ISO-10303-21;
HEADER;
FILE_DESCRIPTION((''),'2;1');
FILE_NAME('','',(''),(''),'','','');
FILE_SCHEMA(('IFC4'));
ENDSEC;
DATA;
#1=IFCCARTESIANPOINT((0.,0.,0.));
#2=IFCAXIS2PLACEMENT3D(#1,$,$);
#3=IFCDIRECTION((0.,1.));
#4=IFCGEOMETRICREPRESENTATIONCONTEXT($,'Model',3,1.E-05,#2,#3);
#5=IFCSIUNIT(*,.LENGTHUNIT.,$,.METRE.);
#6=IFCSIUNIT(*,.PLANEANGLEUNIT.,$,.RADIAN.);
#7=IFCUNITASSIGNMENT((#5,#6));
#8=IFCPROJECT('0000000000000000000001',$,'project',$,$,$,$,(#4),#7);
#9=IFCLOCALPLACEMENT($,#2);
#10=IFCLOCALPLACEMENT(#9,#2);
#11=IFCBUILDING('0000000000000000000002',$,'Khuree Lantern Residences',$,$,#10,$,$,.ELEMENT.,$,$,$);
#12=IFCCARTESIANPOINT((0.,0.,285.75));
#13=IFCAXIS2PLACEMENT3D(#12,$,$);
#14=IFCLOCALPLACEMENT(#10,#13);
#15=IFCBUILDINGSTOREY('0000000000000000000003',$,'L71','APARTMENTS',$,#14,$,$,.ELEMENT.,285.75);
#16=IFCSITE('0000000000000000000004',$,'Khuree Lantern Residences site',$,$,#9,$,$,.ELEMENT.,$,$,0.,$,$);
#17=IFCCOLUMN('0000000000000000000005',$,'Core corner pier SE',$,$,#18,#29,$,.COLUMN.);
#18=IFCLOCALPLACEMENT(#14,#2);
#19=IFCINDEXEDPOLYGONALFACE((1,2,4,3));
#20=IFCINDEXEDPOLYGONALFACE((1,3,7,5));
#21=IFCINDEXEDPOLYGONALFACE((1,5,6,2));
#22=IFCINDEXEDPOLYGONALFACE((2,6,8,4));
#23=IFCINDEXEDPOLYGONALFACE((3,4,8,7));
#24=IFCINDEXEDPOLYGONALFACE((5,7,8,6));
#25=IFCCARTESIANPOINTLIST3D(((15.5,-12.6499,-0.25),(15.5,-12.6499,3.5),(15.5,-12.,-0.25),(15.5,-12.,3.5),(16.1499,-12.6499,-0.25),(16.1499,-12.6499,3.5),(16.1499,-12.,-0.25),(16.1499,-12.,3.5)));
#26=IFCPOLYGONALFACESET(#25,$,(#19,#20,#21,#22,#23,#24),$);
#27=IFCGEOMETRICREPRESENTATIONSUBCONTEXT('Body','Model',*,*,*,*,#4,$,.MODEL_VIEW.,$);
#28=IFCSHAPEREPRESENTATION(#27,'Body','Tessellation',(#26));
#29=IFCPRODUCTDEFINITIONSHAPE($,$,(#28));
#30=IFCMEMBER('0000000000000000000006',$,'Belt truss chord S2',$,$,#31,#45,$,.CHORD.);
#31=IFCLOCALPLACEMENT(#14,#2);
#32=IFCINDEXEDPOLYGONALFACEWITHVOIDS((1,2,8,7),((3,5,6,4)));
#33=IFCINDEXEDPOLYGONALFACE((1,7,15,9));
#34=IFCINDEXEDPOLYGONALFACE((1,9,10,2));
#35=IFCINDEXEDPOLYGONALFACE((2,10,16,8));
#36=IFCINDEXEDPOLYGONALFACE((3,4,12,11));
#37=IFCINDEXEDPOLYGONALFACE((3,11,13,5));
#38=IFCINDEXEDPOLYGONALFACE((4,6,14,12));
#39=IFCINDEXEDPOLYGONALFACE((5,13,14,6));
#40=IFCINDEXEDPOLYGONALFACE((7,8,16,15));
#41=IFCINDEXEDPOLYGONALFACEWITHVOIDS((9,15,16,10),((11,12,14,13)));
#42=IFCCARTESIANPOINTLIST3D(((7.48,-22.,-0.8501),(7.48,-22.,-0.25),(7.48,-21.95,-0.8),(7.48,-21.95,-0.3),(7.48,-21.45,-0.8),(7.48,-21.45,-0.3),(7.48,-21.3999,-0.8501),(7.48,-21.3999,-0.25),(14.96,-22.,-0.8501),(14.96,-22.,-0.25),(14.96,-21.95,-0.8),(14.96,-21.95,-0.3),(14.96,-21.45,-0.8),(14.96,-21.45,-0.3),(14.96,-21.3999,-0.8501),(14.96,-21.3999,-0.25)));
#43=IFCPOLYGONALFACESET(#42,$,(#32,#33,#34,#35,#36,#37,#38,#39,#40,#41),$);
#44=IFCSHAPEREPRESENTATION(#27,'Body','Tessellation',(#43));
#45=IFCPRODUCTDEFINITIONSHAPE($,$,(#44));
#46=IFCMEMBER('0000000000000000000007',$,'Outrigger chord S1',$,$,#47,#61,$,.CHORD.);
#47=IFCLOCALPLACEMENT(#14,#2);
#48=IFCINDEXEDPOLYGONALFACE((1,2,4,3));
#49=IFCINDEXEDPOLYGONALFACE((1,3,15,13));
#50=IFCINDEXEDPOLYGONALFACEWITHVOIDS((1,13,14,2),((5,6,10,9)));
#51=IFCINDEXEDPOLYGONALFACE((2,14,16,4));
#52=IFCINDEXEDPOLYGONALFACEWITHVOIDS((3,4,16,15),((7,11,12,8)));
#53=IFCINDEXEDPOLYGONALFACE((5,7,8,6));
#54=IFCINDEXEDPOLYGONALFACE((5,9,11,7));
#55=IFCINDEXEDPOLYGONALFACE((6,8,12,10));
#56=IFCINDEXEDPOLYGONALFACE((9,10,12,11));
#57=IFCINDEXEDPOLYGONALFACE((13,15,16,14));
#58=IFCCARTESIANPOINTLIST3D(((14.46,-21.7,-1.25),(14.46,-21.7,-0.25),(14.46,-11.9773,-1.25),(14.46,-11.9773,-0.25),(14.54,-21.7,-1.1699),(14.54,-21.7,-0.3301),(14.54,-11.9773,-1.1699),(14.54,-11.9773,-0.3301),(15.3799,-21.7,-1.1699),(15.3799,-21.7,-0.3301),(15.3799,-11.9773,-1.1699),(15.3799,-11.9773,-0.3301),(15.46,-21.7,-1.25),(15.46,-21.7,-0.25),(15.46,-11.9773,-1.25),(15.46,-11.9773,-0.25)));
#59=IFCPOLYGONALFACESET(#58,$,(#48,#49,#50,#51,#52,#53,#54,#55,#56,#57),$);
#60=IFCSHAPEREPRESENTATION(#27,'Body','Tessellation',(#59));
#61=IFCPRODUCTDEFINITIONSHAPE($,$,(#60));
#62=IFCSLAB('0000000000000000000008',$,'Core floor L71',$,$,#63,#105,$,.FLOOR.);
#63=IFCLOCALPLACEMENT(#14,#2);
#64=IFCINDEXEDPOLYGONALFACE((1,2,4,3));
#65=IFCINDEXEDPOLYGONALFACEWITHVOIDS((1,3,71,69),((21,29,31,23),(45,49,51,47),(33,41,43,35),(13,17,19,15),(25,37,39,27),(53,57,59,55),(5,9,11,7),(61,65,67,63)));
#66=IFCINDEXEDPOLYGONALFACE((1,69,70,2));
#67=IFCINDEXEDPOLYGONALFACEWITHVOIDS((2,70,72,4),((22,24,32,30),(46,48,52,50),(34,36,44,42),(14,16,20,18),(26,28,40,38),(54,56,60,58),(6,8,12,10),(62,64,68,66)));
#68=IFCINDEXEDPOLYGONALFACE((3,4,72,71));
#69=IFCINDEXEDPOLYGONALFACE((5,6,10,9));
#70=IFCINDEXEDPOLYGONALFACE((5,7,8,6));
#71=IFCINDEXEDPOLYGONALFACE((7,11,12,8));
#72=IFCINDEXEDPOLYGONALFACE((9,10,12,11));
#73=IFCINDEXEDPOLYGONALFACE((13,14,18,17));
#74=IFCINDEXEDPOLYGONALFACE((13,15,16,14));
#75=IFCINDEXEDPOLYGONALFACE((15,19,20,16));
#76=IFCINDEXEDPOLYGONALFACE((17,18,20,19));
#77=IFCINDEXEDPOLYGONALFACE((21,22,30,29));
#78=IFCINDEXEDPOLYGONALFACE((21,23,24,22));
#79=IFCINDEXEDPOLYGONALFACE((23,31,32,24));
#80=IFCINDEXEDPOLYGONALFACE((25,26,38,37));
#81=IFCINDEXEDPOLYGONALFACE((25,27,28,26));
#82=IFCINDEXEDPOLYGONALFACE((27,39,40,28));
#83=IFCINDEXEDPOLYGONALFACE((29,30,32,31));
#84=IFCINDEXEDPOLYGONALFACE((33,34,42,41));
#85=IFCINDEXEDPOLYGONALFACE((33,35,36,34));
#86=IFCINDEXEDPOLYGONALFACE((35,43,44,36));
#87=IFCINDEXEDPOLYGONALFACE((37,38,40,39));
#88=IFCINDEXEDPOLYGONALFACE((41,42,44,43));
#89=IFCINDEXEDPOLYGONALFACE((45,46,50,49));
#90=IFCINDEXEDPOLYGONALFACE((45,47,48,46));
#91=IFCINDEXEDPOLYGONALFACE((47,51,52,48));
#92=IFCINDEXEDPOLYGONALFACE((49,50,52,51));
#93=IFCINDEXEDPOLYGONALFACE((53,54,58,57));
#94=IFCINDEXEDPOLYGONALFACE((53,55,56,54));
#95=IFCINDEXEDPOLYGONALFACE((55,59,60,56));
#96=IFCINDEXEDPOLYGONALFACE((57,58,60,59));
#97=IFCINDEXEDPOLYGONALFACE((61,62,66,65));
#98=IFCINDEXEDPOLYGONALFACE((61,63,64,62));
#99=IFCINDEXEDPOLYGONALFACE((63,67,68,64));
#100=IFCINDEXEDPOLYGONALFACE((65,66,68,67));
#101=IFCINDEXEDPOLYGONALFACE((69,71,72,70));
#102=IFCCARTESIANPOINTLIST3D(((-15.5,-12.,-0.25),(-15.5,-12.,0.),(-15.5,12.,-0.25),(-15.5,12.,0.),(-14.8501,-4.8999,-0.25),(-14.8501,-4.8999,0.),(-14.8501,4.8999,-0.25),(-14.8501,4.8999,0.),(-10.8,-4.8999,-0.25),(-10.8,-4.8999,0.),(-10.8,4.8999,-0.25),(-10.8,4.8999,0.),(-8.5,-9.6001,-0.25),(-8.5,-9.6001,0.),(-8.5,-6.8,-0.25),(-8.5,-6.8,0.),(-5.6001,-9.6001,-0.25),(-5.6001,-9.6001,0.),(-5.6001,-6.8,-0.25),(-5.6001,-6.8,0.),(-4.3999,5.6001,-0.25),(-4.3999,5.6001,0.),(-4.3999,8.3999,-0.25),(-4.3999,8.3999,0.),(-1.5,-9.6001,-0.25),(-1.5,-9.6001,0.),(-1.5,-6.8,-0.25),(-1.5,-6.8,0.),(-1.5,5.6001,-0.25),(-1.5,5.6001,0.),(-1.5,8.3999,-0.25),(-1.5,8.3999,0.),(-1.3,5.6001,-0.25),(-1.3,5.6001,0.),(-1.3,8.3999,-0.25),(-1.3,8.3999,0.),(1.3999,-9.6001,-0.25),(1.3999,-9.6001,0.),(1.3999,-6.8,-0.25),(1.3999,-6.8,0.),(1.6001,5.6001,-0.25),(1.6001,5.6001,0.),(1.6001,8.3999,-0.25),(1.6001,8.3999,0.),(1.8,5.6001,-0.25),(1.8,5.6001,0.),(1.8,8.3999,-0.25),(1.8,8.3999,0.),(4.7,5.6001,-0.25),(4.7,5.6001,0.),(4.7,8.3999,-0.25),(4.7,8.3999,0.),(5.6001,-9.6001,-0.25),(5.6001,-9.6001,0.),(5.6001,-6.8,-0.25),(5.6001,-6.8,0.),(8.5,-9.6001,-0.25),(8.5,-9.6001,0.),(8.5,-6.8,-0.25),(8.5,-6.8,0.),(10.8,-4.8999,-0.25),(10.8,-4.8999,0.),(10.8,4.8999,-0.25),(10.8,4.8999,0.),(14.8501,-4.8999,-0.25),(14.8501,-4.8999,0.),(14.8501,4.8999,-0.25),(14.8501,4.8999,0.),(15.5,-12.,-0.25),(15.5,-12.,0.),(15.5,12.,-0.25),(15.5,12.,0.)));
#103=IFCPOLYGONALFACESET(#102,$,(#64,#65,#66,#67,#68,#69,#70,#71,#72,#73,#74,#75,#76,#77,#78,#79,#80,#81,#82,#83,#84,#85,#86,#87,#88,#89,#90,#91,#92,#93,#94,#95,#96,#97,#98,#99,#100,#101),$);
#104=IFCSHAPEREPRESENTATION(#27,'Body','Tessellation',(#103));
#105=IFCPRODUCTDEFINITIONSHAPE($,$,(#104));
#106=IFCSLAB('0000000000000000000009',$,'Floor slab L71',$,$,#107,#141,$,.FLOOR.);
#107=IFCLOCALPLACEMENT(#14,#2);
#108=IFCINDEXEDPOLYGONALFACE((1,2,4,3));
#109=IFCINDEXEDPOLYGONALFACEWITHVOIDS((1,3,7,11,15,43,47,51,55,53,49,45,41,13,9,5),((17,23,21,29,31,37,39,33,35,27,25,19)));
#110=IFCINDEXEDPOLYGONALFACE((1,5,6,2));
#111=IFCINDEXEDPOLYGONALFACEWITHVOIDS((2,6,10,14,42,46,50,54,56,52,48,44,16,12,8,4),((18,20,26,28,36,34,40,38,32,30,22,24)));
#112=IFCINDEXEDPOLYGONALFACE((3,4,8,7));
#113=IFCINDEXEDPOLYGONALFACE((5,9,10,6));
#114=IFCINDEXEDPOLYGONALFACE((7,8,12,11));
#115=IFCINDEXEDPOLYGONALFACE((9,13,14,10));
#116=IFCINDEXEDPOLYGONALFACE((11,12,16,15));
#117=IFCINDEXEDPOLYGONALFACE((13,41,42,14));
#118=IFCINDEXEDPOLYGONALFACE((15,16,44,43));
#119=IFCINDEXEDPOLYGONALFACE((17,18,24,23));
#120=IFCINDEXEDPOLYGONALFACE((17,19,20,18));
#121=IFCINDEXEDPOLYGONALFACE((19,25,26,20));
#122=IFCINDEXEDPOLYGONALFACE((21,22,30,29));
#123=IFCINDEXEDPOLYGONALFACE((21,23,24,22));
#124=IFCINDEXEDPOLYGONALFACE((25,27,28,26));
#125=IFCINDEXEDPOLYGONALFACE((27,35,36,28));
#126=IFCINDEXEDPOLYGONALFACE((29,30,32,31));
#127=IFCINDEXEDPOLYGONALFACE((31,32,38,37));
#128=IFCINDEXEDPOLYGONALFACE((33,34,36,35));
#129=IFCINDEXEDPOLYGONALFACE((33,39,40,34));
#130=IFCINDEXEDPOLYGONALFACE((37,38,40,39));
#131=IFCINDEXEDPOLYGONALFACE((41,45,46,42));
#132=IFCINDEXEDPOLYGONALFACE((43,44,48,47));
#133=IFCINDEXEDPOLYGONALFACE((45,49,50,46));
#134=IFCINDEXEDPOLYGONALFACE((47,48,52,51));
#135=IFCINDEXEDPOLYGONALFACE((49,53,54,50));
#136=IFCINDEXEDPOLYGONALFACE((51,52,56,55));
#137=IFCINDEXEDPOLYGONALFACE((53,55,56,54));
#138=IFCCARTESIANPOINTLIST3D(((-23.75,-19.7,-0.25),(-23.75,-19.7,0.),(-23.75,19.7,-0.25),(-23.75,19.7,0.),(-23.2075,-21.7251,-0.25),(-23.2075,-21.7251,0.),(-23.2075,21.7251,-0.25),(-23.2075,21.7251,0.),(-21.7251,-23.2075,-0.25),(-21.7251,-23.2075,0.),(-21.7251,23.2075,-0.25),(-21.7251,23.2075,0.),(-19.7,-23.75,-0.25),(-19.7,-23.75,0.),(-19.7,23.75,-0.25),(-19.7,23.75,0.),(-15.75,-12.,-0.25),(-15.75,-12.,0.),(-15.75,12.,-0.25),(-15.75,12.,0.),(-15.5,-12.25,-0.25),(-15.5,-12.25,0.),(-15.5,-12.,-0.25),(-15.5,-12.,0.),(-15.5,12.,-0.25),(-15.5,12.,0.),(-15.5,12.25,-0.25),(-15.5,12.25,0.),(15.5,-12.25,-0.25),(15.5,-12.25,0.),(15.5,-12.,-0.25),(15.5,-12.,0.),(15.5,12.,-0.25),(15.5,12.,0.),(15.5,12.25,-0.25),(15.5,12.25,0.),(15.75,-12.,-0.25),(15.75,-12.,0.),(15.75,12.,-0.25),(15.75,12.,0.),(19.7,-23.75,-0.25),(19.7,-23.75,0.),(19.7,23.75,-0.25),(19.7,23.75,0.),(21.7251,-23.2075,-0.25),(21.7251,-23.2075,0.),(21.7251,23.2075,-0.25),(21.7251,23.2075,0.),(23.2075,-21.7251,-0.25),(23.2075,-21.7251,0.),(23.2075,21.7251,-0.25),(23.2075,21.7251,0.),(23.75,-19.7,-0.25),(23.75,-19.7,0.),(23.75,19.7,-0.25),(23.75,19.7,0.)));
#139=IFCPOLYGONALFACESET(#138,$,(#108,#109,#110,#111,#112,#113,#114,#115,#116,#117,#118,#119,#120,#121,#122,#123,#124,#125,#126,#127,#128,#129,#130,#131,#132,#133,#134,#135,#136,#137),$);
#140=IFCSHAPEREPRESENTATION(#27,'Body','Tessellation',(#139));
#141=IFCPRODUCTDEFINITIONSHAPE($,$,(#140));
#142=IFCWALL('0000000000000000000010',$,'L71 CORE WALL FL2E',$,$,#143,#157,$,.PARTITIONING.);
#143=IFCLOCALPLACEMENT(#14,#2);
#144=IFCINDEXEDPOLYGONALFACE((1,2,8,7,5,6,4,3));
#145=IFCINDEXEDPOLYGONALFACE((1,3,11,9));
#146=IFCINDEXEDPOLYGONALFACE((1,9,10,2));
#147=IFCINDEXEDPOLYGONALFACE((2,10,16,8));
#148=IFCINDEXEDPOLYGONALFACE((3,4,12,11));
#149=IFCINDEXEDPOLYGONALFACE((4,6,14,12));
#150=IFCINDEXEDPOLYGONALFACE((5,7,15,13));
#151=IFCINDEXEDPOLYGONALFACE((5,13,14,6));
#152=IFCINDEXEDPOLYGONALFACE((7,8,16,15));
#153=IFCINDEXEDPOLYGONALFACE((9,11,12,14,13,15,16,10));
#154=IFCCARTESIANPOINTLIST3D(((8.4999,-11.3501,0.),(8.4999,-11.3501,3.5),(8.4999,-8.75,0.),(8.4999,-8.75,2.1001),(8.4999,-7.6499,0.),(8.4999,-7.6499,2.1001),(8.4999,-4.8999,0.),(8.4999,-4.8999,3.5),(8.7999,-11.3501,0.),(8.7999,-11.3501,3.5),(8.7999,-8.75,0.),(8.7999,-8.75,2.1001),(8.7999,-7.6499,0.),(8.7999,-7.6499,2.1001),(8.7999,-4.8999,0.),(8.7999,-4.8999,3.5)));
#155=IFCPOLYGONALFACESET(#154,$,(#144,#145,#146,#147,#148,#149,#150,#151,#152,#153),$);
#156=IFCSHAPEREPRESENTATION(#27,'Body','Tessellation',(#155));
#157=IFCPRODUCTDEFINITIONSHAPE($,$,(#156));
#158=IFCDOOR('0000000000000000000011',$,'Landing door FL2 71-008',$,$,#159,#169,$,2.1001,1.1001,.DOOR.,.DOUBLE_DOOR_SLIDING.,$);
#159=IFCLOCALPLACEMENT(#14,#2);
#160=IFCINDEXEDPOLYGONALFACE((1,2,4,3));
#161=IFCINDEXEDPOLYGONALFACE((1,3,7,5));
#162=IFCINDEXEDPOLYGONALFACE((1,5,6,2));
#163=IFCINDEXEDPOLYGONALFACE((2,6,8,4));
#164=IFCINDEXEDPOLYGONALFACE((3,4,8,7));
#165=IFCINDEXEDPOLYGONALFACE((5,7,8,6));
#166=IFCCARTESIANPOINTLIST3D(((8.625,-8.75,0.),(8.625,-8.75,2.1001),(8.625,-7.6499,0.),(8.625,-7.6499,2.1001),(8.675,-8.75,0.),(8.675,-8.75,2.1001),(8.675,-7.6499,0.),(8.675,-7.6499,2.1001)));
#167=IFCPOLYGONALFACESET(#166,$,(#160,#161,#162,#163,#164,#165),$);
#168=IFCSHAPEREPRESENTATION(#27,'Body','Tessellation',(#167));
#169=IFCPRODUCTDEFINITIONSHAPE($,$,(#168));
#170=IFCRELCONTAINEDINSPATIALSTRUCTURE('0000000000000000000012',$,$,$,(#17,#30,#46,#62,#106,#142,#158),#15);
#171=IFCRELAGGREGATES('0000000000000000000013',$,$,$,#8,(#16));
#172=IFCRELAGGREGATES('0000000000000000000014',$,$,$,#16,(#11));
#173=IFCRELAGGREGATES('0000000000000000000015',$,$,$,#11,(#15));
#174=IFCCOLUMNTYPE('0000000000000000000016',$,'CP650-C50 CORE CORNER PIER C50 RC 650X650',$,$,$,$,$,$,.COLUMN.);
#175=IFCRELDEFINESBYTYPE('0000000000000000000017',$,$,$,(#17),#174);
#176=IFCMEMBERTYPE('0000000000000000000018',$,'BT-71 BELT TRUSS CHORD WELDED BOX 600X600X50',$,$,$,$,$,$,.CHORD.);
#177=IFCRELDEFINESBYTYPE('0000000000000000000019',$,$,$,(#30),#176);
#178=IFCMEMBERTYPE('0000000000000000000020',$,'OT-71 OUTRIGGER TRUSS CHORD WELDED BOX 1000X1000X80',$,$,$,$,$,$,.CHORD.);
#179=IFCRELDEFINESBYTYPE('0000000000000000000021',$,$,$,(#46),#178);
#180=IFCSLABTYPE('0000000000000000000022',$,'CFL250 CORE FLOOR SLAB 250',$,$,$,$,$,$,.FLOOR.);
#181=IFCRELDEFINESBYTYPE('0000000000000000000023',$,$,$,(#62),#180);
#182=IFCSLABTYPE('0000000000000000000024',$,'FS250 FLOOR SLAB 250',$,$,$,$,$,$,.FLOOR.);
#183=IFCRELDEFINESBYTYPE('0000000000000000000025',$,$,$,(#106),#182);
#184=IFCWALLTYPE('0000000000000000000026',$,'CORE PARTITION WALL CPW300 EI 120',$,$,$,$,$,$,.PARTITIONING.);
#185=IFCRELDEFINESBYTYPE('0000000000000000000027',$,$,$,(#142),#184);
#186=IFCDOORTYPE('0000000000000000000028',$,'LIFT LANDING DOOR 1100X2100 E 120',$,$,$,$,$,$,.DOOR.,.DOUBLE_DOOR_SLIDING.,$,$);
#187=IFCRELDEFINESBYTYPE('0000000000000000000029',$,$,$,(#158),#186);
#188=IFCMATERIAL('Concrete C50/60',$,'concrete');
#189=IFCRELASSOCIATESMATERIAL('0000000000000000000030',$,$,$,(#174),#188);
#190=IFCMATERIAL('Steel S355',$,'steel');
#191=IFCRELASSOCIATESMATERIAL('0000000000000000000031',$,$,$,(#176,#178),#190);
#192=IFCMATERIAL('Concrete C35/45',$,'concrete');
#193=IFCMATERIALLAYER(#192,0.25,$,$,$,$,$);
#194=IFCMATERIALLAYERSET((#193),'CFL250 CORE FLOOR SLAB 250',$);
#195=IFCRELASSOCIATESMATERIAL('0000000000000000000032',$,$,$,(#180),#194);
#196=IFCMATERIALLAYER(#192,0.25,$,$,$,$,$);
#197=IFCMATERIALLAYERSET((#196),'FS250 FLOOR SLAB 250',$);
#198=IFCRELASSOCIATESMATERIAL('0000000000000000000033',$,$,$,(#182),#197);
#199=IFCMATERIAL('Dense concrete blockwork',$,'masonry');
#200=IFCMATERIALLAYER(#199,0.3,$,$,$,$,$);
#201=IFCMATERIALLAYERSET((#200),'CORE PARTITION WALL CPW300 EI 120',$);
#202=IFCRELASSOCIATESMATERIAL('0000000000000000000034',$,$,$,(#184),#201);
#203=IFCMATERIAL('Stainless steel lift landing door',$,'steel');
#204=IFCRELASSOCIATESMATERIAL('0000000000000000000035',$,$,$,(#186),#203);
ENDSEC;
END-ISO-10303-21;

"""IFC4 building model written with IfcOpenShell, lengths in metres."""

from ifc_helpers import new_model, si_unit, direction, frame, frame_2d, origin, origin_2d, place, context, subcontext, project, spatial, polyline, rectangle, hollow_rectangle, outline, extrude, material, layer, layer_set, material_profile, profile_set, type_object, element, fill, save


model = new_model("IFC4")

# Units and contexts
model_context = context("Model", 3, precision=1e-05, world=origin(), true_north=direction((0.0, 1.0)))
body_context = subcontext(model_context, "Body", "Model", "MODEL_VIEW")
ifc_project = project(units=[si_unit("LENGTHUNIT", "METRE"), si_unit("PLANEANGLEUNIT", "RADIAN")], contexts=[model_context])

# Site, building, storey
site_placement = place(None, origin())
site = spatial("IfcSite", under=ifc_project, at=site_placement, Name="Khuree Lantern Residences site", CompositionType="ELEMENT", RefElevation=0.0)
building_placement = place(site_placement, origin())
building = spatial("IfcBuilding", under=site, at=building_placement, Name="Khuree Lantern Residences", CompositionType="ELEMENT")
storey_placement = place(building_placement, frame((0.0, 0.0, 285.75)))
storey = spatial("IfcBuildingStorey", under=building, at=storey_placement, Name="L71", Description="APARTMENTS", CompositionType="ELEMENT", Elevation=285.75)

# Column
ifc_material_1 = material(Name="Concrete C50/60", Category="concrete")
ifc_material_profile_1 = material_profile(ifc_material_1, rectangle(XDim=0.6499, YDim=0.6499, at=origin_2d()), Name="RC 650X650")
ifc_profile_set_1 = profile_set([ifc_material_profile_1], Name="Concrete C50/60")
column_type = type_object("IfcColumnType", Name="CP650-C50 CORE CORNER PIER C50 RC 650X650", PredefinedType="COLUMN", material=ifc_profile_set_1)
column_placement = place(storey_placement, frame((15.825, -12.325, -0.25), z_axis=(0.0, 0.0, 1.0), x_axis=(1.0, 0.0, 0.0)))
element("IfcColumn", 1, at=column_placement, inside=storey, type_object=column_type, Name="Core corner pier SE", PredefinedType="COLUMN", context=body_context, shape_type="SweptSolid", body=[
    extrude(rectangle(XDim=0.6499, YDim=0.6499, at=origin_2d()), origin(), (0.0, 0.0, 1.0), 3.75),
])

# Members
ifc_material_2 = material(Name="Steel S355", Category="steel")
ifc_material_profile_2 = material_profile(ifc_material_2, hollow_rectangle(XDim=0.6001, YDim=0.6001, WallThickness=0.05, at=origin_2d()), Name="WELDED BOX 600X600X50")
ifc_profile_set_2 = profile_set([ifc_material_profile_2], Name="Steel S355")
member_type_1 = type_object("IfcMemberType", Name="BT-71 BELT TRUSS CHORD WELDED BOX 600X600X50", PredefinedType="CHORD", material=ifc_profile_set_2)
member_1_placement = place(storey_placement, frame((14.96, -21.7, -0.55), z_axis=(-1.0, 0.0, 0.0), x_axis=(0.0, -1.0, 0.0)))
element("IfcMember", 2, at=member_1_placement, inside=storey, type_object=member_type_1, Name="Belt truss chord S2", PredefinedType="CHORD", context=body_context, shape_type="SweptSolid", body=[
    extrude(hollow_rectangle(XDim=0.6001, YDim=0.6001, WallThickness=0.05, at=origin_2d()), origin(), (0.0, 0.0, 1.0), 7.48),
])
ifc_material_profile_3 = material_profile(ifc_material_2, hollow_rectangle(XDim=1.0, YDim=1.0, WallThickness=0.0801, at=origin_2d()), Name="WELDED BOX 1000X1000X80")
ifc_profile_set_3 = profile_set([ifc_material_profile_3], Name="Steel S355")
member_type_2 = type_object("IfcMemberType", Name="OT-71 OUTRIGGER TRUSS CHORD WELDED BOX 1000X1000X80", PredefinedType="CHORD", material=ifc_profile_set_3)
member_2_placement = place(storey_placement, frame((14.96, -21.7, -0.75), z_axis=(0.0, 1.0, 0.0), x_axis=(-1.0, 0.0, 0.0)))
element("IfcMember", 3, at=member_2_placement, inside=storey, type_object=member_type_2, Name="Outrigger chord S1", PredefinedType="CHORD", context=body_context, shape_type="SweptSolid", body=[
    extrude(hollow_rectangle(XDim=1.0, YDim=1.0, WallThickness=0.0801, at=origin_2d()), origin(), (0.0, 0.0, 1.0), 9.7227),
])

# Slabs
ifc_material_3 = material(Name="Concrete C35/45", Category="concrete")
ifc_layer_1 = layer(ifc_material_3, 0.25)
ifc_layer_set_1 = layer_set([ifc_layer_1], Name="CFL250 CORE FLOOR SLAB 250")
slab_type_1 = type_object("IfcSlabType", Name="CFL250 CORE FLOOR SLAB 250", PredefinedType="FLOOR", material=ifc_layer_set_1)
slab_1_placement = place(storey_placement, frame((0.0, 0.0, -0.25)))
element("IfcSlab", 4, at=slab_1_placement, inside=storey, type_object=slab_type_1, Name="Core floor L71", PredefinedType="FLOOR", context=body_context, shape_type="SweptSolid", body=[
    extrude(outline(polyline([(-15.5, -12.0), (-15.5, 12.0), (15.5, 12.0), (15.5, -12.0), (-15.5, -12.0)]), holes=[polyline([(10.8, 4.8999), (10.8, -4.8999), (14.8501, -4.8999), (14.8501, 4.8999), (10.8, 4.8999)]), polyline([(5.6001, -6.8), (5.6001, -9.6001), (8.5, -9.6001), (8.5, -6.8), (5.6001, -6.8)]), polyline([(1.8, 8.3999), (1.8, 5.6001), (4.7, 5.6001), (4.7, 8.3999), (1.8, 8.3999)]), polyline([(-1.3, 8.3999), (-1.3, 5.6001), (1.6001, 5.6001), (1.6001, 8.3999), (-1.3, 8.3999)]), polyline([(-1.5, -6.8), (-1.5, -9.6001), (1.3999, -9.6001), (1.3999, -6.8), (-1.5, -6.8)]), polyline([(-4.3999, 8.3999), (-4.3999, 5.6001), (-1.5, 5.6001), (-1.5, 8.3999), (-4.3999, 8.3999)]), polyline([(-8.5, -6.8), (-8.5, -9.6001), (-5.6001, -9.6001), (-5.6001, -6.8), (-8.5, -6.8)]), polyline([(-14.8501, 4.8999), (-14.8501, -4.8999), (-10.8, -4.8999), (-10.8, 4.8999), (-14.8501, 4.8999)])]), origin(), (0.0, 0.0, 1.0), 0.25),
])
ifc_layer_2 = layer(ifc_material_3, 0.25)
ifc_layer_set_2 = layer_set([ifc_layer_2], Name="FS250 FLOOR SLAB 250")
slab_type_2 = type_object("IfcSlabType", Name="FS250 FLOOR SLAB 250", PredefinedType="FLOOR", material=ifc_layer_set_2)
slab_2_placement = place(storey_placement, frame((0.0, 0.0, -0.25)))
element("IfcSlab", 5, at=slab_2_placement, inside=storey, type_object=slab_type_2, Name="Floor slab L71", PredefinedType="FLOOR", context=body_context, shape_type="SweptSolid", body=[
    extrude(outline(polyline([(-21.7251, -23.2075), (-23.2075, -21.7251), (-23.75, -19.7), (-23.75, 19.7), (-23.2075, 21.7251), (-21.7251, 23.2075), (-19.7, 23.75), (19.7, 23.75), (21.7251, 23.2075), (23.2075, 21.7251), (23.75, 19.7), (23.75, -19.7), (23.2075, -21.7251), (21.7251, -23.2075), (19.7, -23.75), (-19.7, -23.75), (-21.7251, -23.2075)]), holes=[polyline([(15.75, 12.0), (15.5, 12.0), (15.5, 12.25), (-15.5, 12.25), (-15.5, 12.0), (-15.75, 12.0), (-15.75, -12.0), (-15.5, -12.0), (-15.5, -12.25), (15.5, -12.25), (15.5, -12.0), (15.75, -12.0), (15.75, 12.0)])]), origin(), (0.0, 0.0, 1.0), 0.25),
])

# Wall, opening, door
ifc_material_4 = material(Name="Dense concrete blockwork", Category="masonry")
ifc_layer_3 = layer(ifc_material_4, 0.3)
ifc_layer_set_3 = layer_set([ifc_layer_3], Name="CORE PARTITION WALL CPW300 EI 120")
wall_type_1 = type_object("IfcWallType", Name="CORE PARTITION WALL CPW300 EI 120", PredefinedType="PARTITIONING", material=ifc_layer_set_3)
wall_1_placement = place(storey_placement, frame((8.6499, -11.3501, 0.0), z_axis=(0.0, 0.0, 1.0), x_axis=(0.0, 1.0, 0.0)))
wall_1 = element("IfcWall", 6, at=wall_1_placement, inside=storey, type_object=wall_type_1, Name="L71 CORE WALL FL2E", PredefinedType="PARTITIONING", context=body_context, shape_type="SweptSolid", body=[
    extrude(rectangle(XDim=6.4502, YDim=0.3, at=frame_2d((3.2251, 0.0))), origin(), (0.0, 0.0, 1.0), 3.5),
])
opening_1_placement = place(wall_1_placement, frame((2.6001, 0.0, 0.0)))
opening_1 = element("IfcOpeningElement", 7, at=opening_1_placement, cuts=wall_1, PredefinedType="OPENING", context=body_context, shape_type="SweptSolid", body=[
    extrude(rectangle(XDim=1.1001, YDim=2.1001, at=frame_2d((0.55, 1.05))), frame((0.0, 0.1602, 0.0), z_axis=(0.0, -1.0, 0.0), x_axis=(1.0, 0.0, 0.0)), (0.0, 0.0, 1.0), 0.3201),
])
ifc_material_5 = material(Name="Stainless steel lift landing door", Category="steel")
door_type_1 = type_object("IfcDoorType", Name="LIFT LANDING DOOR 1100X2100 E 120", OperationType="DOUBLE_DOOR_SLIDING", PredefinedType="DOOR", material=ifc_material_5)
door_1_placement = place(opening_1_placement, origin())
door_1 = element("IfcDoor", 8, at=door_1_placement, inside=storey, type_object=door_type_1, Name="Landing door FL2 71-008", OperationType="DOUBLE_DOOR_SLIDING", OverallHeight=2.1001, OverallWidth=1.1001, PredefinedType="DOOR", context=body_context, shape_type="SweptSolid", body=[
    extrude(rectangle(XDim=1.1001, YDim=2.1001, at=frame_2d((0.55, 1.05))), frame((0.0, 0.0249, 0.0), z_axis=(0.0, -1.0, 0.0), x_axis=(1.0, 0.0, 0.0)), (0.0, 0.0, 1.0), 0.05),
])
fill(opening_1, door_1)

save(model, "model.ifc")
